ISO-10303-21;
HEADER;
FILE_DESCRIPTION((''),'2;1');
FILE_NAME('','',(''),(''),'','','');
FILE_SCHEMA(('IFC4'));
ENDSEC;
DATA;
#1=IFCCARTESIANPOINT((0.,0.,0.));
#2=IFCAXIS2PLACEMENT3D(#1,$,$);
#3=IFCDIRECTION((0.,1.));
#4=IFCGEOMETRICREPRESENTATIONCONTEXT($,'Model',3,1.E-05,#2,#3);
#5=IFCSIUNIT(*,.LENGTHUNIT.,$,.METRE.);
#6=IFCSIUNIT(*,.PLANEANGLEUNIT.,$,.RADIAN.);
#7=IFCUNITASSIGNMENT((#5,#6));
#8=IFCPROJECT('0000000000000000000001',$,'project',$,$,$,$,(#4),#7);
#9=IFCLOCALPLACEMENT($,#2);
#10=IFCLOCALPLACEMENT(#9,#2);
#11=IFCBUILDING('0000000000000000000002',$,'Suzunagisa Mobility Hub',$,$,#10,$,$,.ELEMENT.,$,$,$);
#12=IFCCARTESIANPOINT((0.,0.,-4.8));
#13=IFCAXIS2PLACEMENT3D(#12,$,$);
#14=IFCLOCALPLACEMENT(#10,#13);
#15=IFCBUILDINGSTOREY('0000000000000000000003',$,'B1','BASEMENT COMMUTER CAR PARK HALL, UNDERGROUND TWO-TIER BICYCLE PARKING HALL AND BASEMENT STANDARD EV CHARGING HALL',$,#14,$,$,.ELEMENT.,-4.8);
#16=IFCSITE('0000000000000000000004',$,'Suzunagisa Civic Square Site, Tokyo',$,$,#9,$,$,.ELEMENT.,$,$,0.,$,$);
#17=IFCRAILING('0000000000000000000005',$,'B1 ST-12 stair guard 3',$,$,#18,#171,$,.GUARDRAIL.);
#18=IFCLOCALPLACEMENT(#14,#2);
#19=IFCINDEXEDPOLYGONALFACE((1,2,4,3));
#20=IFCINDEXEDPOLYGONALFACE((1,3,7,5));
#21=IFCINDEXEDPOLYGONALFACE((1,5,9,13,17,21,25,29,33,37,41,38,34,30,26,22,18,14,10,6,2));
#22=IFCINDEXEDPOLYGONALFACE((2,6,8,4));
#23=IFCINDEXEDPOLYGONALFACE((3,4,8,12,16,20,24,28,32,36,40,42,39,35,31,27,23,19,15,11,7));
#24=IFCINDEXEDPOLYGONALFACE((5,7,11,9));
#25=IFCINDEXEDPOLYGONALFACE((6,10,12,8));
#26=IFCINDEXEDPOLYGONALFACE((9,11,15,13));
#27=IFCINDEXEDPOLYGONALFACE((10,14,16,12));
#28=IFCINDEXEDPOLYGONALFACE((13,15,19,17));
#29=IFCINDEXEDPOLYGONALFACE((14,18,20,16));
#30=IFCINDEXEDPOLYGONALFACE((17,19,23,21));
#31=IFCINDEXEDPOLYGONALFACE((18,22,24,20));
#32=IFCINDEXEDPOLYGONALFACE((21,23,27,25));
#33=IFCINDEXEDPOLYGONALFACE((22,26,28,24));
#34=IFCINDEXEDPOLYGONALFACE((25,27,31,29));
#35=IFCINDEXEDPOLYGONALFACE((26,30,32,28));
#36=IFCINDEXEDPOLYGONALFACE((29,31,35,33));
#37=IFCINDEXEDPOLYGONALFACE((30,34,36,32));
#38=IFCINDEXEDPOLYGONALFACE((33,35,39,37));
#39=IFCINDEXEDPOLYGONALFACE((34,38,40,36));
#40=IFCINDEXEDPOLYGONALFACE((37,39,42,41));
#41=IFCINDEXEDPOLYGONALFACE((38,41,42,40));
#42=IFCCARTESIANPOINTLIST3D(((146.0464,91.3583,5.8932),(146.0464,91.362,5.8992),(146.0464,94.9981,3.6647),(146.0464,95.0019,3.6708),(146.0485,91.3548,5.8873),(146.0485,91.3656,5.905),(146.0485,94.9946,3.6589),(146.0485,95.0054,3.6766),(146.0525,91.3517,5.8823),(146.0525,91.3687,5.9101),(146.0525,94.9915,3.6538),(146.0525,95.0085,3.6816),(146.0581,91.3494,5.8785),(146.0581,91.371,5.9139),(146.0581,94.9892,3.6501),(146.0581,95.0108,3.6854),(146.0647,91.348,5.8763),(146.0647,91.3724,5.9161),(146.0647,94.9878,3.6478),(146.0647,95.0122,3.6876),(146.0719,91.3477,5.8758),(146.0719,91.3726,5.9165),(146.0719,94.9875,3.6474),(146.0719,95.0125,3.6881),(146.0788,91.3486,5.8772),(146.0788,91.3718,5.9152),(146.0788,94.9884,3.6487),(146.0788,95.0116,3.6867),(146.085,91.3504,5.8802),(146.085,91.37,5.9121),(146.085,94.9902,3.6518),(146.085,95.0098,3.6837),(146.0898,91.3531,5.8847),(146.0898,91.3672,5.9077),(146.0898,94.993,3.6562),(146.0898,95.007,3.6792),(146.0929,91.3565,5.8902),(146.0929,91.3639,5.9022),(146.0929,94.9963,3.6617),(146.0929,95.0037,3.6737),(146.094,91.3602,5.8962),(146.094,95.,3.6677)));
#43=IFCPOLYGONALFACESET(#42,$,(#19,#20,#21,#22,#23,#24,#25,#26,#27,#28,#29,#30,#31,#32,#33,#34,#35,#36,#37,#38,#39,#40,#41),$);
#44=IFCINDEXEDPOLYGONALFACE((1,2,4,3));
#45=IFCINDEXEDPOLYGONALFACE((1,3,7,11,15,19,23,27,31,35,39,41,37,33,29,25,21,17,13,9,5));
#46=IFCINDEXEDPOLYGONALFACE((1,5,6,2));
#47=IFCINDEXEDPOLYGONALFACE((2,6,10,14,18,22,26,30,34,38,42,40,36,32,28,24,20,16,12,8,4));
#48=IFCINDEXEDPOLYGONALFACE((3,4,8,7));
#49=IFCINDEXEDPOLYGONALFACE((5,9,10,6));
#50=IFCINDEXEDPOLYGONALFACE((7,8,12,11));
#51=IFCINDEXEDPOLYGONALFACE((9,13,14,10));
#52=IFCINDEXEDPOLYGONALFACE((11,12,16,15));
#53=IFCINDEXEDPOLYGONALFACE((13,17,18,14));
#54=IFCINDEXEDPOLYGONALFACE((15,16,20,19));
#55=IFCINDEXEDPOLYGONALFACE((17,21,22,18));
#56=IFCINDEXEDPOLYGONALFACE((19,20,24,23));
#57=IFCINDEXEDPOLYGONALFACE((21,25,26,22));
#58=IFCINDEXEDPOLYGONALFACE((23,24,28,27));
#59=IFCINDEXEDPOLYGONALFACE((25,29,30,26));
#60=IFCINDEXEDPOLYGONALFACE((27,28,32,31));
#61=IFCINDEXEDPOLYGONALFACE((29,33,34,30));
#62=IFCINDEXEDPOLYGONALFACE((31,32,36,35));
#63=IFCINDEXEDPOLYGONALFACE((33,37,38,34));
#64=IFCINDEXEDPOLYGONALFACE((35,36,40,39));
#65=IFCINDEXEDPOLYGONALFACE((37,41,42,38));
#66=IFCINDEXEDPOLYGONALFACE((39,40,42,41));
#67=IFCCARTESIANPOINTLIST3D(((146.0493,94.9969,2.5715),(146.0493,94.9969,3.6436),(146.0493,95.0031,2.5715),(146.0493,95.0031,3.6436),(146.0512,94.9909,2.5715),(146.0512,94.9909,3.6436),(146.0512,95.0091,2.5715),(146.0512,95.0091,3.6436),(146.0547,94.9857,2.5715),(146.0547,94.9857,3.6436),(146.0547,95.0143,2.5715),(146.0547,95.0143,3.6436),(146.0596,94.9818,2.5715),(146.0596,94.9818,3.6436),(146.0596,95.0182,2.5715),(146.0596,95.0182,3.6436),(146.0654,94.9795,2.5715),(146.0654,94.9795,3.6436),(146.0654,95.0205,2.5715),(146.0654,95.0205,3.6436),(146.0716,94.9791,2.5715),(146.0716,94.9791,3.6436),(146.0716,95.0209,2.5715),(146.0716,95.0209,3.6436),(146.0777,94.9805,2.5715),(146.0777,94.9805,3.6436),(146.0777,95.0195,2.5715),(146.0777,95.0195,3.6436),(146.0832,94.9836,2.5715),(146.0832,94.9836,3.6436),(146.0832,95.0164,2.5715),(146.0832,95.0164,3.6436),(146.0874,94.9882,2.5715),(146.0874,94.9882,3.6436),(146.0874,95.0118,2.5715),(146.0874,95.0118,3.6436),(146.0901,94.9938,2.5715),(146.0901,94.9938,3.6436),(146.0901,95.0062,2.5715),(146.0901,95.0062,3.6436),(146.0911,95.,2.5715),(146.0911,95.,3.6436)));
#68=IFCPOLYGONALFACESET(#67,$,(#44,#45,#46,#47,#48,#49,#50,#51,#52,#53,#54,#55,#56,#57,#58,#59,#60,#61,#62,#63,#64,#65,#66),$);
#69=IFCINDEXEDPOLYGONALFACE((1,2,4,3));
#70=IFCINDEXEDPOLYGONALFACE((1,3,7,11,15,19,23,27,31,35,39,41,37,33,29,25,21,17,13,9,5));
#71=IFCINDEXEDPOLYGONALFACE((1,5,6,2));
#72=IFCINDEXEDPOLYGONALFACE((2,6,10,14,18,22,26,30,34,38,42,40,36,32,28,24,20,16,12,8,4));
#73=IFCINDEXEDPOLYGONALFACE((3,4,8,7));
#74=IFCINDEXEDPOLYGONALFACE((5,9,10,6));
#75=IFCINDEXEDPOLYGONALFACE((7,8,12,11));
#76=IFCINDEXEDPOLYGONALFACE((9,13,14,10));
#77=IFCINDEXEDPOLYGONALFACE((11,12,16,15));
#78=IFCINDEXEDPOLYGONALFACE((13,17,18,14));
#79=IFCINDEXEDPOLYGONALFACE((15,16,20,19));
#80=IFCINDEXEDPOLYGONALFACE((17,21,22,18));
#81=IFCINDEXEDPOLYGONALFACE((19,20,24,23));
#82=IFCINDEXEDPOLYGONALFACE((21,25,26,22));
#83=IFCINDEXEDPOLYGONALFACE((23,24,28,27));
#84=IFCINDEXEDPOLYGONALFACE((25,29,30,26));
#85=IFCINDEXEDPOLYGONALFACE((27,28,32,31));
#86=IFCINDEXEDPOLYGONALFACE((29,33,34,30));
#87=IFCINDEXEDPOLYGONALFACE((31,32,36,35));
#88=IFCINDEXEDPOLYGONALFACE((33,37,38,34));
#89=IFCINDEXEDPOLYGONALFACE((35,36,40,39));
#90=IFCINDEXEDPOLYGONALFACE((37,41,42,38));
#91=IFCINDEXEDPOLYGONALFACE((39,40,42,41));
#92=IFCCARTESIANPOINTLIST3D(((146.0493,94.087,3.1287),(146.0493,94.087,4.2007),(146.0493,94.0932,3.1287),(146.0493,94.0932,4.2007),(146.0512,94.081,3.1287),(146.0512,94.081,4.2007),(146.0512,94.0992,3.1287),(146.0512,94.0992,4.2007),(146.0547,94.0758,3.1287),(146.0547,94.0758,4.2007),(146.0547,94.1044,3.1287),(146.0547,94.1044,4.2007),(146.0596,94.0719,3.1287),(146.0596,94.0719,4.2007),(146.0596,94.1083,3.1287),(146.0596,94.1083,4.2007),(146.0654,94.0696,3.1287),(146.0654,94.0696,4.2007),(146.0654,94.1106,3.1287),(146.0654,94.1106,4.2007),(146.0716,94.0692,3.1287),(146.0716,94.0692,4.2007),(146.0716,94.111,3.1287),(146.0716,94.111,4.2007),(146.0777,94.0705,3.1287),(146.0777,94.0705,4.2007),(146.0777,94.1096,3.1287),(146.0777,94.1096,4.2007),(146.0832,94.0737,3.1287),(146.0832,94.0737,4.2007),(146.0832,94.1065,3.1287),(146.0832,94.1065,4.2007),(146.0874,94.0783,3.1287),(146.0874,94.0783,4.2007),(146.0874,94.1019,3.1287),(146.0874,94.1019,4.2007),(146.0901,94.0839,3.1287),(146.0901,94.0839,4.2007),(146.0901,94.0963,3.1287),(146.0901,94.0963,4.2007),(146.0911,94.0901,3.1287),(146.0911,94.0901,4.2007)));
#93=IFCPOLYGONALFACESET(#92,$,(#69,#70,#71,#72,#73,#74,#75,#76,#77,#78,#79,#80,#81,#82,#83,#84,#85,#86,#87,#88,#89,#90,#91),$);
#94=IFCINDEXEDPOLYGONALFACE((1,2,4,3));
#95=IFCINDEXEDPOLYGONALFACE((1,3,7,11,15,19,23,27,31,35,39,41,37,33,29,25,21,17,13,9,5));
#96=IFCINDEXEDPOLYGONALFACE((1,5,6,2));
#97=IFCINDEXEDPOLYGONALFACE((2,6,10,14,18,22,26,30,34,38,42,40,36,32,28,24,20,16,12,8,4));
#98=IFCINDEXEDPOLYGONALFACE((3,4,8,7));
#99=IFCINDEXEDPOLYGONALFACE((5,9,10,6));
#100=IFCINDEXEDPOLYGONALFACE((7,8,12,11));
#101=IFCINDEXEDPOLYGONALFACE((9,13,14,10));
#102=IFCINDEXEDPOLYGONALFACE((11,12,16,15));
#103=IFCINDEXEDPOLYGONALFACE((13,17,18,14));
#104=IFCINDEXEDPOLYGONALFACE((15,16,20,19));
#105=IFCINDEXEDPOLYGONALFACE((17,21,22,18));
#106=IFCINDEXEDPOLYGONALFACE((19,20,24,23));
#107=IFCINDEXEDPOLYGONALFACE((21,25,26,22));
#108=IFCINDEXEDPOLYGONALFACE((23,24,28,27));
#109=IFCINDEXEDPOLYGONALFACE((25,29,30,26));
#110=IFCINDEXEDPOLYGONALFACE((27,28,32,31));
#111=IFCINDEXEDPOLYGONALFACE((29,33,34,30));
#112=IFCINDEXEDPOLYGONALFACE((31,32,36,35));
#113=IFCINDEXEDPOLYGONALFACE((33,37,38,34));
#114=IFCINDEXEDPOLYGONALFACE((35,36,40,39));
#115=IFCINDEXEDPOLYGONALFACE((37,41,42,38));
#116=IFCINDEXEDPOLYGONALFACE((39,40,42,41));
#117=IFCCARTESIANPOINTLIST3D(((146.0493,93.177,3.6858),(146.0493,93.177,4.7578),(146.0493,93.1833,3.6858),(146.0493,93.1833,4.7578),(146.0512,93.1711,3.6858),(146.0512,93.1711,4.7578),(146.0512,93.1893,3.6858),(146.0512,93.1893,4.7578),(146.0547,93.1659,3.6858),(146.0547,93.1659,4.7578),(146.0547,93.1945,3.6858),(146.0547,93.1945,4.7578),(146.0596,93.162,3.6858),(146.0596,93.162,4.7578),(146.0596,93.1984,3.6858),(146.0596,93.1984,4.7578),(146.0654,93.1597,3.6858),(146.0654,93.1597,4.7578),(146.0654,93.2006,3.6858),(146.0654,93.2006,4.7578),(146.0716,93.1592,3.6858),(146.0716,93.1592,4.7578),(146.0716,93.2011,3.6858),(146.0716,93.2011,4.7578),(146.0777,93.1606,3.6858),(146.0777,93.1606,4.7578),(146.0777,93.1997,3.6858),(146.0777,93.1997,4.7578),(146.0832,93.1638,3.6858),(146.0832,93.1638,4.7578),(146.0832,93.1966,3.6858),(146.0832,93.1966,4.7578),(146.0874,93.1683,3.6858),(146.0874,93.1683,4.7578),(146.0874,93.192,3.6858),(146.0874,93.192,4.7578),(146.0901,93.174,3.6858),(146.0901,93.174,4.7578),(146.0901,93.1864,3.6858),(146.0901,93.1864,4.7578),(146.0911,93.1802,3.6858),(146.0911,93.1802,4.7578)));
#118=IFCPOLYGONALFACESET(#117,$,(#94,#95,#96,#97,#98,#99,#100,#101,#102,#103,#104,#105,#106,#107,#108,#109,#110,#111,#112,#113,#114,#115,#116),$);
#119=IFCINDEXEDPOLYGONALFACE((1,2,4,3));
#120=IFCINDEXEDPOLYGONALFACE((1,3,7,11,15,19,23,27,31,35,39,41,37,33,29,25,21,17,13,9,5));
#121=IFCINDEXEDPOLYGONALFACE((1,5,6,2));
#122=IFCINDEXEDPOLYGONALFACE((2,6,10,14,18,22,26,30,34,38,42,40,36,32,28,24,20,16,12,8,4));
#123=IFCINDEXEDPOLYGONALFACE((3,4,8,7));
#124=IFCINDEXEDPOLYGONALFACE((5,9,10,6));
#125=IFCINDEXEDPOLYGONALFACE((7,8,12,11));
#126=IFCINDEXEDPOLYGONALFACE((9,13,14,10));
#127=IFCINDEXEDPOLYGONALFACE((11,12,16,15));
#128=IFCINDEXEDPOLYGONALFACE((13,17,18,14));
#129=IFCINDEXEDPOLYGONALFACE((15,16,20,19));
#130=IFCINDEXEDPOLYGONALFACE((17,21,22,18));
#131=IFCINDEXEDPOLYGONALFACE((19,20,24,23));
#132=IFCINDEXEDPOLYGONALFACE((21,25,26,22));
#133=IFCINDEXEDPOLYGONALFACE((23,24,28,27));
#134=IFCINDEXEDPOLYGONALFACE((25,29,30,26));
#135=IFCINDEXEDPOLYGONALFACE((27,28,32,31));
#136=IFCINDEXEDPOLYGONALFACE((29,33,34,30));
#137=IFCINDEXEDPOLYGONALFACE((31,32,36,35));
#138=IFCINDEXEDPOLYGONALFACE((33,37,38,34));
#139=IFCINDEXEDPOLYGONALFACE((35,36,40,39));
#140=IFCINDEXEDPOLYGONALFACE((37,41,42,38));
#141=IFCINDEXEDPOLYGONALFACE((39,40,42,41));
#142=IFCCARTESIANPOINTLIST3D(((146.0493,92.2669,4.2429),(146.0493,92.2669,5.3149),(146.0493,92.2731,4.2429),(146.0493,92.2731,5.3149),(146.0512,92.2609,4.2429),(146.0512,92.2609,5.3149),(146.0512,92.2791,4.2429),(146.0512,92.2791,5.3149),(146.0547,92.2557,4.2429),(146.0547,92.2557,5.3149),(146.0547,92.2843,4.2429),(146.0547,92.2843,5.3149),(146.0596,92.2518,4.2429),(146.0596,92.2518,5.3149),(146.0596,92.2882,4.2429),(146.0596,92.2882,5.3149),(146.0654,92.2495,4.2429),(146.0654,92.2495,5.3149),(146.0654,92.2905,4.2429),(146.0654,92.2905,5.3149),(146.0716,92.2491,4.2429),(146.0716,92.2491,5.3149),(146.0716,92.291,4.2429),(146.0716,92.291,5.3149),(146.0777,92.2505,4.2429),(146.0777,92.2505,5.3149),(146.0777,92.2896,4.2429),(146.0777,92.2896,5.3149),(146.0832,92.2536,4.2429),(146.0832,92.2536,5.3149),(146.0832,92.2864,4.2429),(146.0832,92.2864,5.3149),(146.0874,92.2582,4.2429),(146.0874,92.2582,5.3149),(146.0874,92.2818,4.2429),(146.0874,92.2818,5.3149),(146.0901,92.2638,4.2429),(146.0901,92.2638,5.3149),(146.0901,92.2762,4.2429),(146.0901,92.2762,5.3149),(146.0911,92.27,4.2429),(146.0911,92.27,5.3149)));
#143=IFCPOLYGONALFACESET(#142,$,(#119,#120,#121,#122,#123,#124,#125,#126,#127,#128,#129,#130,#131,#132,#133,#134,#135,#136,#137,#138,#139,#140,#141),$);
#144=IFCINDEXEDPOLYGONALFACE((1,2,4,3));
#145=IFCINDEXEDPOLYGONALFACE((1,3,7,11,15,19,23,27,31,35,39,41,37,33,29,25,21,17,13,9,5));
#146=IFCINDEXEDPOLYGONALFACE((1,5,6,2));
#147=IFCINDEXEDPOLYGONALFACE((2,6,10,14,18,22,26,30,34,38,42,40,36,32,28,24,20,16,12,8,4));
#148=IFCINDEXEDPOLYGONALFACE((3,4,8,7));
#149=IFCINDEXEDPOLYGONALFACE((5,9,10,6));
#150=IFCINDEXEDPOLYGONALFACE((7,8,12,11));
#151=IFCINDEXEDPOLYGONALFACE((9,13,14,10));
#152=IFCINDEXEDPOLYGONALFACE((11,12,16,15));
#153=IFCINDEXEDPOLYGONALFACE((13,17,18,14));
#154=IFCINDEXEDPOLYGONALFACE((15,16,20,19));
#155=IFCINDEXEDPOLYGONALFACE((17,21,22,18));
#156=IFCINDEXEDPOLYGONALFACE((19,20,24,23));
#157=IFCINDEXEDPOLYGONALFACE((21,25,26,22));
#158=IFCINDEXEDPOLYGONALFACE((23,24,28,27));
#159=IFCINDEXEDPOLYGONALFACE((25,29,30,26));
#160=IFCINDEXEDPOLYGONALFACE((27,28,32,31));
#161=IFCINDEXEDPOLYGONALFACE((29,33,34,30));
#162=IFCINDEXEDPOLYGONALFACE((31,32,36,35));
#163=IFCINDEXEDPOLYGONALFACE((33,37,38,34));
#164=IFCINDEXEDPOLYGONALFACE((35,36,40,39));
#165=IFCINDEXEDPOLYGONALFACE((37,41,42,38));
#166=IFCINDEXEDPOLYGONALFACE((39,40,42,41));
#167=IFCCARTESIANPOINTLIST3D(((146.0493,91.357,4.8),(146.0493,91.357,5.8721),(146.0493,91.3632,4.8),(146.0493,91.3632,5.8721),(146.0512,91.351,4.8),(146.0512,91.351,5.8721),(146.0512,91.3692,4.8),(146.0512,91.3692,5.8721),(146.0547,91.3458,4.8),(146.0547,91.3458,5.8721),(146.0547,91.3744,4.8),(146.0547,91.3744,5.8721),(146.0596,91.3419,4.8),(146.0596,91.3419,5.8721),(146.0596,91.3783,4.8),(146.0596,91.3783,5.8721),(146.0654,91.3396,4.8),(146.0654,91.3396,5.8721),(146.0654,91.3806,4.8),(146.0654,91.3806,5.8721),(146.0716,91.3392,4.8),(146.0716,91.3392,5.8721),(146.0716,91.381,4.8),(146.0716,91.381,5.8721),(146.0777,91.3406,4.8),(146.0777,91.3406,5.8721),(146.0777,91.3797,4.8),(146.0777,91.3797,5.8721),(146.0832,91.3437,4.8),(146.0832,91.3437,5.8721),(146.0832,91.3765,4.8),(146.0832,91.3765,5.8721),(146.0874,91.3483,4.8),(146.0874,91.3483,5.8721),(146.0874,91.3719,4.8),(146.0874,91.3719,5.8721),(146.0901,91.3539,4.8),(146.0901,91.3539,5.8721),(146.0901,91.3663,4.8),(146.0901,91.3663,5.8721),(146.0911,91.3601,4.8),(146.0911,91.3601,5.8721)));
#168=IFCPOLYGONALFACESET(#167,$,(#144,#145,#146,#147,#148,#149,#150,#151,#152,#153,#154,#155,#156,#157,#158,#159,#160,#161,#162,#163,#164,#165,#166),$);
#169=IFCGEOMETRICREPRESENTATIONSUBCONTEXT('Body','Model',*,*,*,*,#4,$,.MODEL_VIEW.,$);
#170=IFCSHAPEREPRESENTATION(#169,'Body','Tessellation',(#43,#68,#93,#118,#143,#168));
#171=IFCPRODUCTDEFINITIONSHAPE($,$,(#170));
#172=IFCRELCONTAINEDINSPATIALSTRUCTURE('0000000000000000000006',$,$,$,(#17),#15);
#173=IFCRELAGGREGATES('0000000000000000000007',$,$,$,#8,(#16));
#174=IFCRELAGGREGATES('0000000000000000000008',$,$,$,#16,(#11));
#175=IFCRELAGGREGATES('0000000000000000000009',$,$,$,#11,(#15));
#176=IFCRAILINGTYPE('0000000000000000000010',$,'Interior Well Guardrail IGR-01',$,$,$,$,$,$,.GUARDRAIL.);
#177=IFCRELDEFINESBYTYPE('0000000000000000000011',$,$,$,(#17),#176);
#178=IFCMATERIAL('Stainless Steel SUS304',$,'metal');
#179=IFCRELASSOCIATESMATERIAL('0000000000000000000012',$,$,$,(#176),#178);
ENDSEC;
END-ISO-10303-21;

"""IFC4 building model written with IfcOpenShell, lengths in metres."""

from ifc_helpers import new_model, si_unit, direction, frame, origin, origin_2d, place, context, subcontext, project, spatial, circle, extrude, material, type_object, element, save


model = new_model("IFC4")

# Units and contexts
model_context = context("Model", 3, precision=1e-05, world=origin(), true_north=direction((0.0, 1.0)))
body_context = subcontext(model_context, "Body", "Model", "MODEL_VIEW")
ifc_project = project(units=[si_unit("LENGTHUNIT", "METRE"), si_unit("PLANEANGLEUNIT", "RADIAN")], contexts=[model_context])

# Site, building, storey
site_placement = place(None, origin())
site = spatial("IfcSite", under=ifc_project, at=site_placement, Name="Suzunagisa Civic Square Site, Tokyo", CompositionType="ELEMENT", RefElevation=0.0)
building_placement = place(site_placement, origin())
building = spatial("IfcBuilding", under=site, at=building_placement, Name="Suzunagisa Mobility Hub", CompositionType="ELEMENT")
storey_placement = place(building_placement, frame((0.0, 0.0, -4.8)))
storey = spatial("IfcBuildingStorey", under=building, at=storey_placement, Name="B1", Description="BASEMENT COMMUTER CAR PARK HALL, UNDERGROUND TWO-TIER BICYCLE PARKING HALL AND BASEMENT STANDARD EV CHARGING HALL", CompositionType="ELEMENT", Elevation=-4.8)

# Railing
ifc_material_1 = material(Name="Stainless Steel SUS304", Category="metal")
railing_type_1 = type_object("IfcRailingType", Name="Interior Well Guardrail IGR-01", PredefinedType="GUARDRAIL", material=ifc_material_1)
railing_1_placement = place(storey_placement, frame((146.0701, 95.0, 2.5715)))
element("IfcRailing", 1, at=railing_1_placement, inside=storey, type_object=railing_type_1, Name="B1 ST-12 stair guard 3", PredefinedType="GUARDRAIL", context=body_context, shape_type="SweptSolid", body=[
    extrude(circle(Radius=0.0239, at=origin_2d()), frame((0.0, 0.0, 1.0962), z_axis=(0.0, -0.85285, 0.522156), x_axis=(1.0, 0.0, 0.0)), (0.0, 0.0, 1.0), 4.2678),
    extrude(circle(Radius=0.021, at=origin_2d()), origin(), (0.0, 0.0, 1.0), 1.072),
    extrude(circle(Radius=0.021, at=origin_2d()), frame((0.0, -0.9099, 0.5571)), (0.0, 0.0, 1.0), 1.072),
    extrude(circle(Radius=0.021, at=origin_2d()), frame((0.0, -1.8198, 1.1143)), (0.0, 0.0, 1.0), 1.072),
    extrude(circle(Radius=0.021, at=origin_2d()), frame((0.0, -2.73, 1.6714)), (0.0, 0.0, 1.0), 1.072),
    extrude(circle(Radius=0.021, at=origin_2d()), frame((0.0, -3.6399, 2.2285)), (0.0, 0.0, 1.0), 1.072),
])

save(model, "model.ifc")
